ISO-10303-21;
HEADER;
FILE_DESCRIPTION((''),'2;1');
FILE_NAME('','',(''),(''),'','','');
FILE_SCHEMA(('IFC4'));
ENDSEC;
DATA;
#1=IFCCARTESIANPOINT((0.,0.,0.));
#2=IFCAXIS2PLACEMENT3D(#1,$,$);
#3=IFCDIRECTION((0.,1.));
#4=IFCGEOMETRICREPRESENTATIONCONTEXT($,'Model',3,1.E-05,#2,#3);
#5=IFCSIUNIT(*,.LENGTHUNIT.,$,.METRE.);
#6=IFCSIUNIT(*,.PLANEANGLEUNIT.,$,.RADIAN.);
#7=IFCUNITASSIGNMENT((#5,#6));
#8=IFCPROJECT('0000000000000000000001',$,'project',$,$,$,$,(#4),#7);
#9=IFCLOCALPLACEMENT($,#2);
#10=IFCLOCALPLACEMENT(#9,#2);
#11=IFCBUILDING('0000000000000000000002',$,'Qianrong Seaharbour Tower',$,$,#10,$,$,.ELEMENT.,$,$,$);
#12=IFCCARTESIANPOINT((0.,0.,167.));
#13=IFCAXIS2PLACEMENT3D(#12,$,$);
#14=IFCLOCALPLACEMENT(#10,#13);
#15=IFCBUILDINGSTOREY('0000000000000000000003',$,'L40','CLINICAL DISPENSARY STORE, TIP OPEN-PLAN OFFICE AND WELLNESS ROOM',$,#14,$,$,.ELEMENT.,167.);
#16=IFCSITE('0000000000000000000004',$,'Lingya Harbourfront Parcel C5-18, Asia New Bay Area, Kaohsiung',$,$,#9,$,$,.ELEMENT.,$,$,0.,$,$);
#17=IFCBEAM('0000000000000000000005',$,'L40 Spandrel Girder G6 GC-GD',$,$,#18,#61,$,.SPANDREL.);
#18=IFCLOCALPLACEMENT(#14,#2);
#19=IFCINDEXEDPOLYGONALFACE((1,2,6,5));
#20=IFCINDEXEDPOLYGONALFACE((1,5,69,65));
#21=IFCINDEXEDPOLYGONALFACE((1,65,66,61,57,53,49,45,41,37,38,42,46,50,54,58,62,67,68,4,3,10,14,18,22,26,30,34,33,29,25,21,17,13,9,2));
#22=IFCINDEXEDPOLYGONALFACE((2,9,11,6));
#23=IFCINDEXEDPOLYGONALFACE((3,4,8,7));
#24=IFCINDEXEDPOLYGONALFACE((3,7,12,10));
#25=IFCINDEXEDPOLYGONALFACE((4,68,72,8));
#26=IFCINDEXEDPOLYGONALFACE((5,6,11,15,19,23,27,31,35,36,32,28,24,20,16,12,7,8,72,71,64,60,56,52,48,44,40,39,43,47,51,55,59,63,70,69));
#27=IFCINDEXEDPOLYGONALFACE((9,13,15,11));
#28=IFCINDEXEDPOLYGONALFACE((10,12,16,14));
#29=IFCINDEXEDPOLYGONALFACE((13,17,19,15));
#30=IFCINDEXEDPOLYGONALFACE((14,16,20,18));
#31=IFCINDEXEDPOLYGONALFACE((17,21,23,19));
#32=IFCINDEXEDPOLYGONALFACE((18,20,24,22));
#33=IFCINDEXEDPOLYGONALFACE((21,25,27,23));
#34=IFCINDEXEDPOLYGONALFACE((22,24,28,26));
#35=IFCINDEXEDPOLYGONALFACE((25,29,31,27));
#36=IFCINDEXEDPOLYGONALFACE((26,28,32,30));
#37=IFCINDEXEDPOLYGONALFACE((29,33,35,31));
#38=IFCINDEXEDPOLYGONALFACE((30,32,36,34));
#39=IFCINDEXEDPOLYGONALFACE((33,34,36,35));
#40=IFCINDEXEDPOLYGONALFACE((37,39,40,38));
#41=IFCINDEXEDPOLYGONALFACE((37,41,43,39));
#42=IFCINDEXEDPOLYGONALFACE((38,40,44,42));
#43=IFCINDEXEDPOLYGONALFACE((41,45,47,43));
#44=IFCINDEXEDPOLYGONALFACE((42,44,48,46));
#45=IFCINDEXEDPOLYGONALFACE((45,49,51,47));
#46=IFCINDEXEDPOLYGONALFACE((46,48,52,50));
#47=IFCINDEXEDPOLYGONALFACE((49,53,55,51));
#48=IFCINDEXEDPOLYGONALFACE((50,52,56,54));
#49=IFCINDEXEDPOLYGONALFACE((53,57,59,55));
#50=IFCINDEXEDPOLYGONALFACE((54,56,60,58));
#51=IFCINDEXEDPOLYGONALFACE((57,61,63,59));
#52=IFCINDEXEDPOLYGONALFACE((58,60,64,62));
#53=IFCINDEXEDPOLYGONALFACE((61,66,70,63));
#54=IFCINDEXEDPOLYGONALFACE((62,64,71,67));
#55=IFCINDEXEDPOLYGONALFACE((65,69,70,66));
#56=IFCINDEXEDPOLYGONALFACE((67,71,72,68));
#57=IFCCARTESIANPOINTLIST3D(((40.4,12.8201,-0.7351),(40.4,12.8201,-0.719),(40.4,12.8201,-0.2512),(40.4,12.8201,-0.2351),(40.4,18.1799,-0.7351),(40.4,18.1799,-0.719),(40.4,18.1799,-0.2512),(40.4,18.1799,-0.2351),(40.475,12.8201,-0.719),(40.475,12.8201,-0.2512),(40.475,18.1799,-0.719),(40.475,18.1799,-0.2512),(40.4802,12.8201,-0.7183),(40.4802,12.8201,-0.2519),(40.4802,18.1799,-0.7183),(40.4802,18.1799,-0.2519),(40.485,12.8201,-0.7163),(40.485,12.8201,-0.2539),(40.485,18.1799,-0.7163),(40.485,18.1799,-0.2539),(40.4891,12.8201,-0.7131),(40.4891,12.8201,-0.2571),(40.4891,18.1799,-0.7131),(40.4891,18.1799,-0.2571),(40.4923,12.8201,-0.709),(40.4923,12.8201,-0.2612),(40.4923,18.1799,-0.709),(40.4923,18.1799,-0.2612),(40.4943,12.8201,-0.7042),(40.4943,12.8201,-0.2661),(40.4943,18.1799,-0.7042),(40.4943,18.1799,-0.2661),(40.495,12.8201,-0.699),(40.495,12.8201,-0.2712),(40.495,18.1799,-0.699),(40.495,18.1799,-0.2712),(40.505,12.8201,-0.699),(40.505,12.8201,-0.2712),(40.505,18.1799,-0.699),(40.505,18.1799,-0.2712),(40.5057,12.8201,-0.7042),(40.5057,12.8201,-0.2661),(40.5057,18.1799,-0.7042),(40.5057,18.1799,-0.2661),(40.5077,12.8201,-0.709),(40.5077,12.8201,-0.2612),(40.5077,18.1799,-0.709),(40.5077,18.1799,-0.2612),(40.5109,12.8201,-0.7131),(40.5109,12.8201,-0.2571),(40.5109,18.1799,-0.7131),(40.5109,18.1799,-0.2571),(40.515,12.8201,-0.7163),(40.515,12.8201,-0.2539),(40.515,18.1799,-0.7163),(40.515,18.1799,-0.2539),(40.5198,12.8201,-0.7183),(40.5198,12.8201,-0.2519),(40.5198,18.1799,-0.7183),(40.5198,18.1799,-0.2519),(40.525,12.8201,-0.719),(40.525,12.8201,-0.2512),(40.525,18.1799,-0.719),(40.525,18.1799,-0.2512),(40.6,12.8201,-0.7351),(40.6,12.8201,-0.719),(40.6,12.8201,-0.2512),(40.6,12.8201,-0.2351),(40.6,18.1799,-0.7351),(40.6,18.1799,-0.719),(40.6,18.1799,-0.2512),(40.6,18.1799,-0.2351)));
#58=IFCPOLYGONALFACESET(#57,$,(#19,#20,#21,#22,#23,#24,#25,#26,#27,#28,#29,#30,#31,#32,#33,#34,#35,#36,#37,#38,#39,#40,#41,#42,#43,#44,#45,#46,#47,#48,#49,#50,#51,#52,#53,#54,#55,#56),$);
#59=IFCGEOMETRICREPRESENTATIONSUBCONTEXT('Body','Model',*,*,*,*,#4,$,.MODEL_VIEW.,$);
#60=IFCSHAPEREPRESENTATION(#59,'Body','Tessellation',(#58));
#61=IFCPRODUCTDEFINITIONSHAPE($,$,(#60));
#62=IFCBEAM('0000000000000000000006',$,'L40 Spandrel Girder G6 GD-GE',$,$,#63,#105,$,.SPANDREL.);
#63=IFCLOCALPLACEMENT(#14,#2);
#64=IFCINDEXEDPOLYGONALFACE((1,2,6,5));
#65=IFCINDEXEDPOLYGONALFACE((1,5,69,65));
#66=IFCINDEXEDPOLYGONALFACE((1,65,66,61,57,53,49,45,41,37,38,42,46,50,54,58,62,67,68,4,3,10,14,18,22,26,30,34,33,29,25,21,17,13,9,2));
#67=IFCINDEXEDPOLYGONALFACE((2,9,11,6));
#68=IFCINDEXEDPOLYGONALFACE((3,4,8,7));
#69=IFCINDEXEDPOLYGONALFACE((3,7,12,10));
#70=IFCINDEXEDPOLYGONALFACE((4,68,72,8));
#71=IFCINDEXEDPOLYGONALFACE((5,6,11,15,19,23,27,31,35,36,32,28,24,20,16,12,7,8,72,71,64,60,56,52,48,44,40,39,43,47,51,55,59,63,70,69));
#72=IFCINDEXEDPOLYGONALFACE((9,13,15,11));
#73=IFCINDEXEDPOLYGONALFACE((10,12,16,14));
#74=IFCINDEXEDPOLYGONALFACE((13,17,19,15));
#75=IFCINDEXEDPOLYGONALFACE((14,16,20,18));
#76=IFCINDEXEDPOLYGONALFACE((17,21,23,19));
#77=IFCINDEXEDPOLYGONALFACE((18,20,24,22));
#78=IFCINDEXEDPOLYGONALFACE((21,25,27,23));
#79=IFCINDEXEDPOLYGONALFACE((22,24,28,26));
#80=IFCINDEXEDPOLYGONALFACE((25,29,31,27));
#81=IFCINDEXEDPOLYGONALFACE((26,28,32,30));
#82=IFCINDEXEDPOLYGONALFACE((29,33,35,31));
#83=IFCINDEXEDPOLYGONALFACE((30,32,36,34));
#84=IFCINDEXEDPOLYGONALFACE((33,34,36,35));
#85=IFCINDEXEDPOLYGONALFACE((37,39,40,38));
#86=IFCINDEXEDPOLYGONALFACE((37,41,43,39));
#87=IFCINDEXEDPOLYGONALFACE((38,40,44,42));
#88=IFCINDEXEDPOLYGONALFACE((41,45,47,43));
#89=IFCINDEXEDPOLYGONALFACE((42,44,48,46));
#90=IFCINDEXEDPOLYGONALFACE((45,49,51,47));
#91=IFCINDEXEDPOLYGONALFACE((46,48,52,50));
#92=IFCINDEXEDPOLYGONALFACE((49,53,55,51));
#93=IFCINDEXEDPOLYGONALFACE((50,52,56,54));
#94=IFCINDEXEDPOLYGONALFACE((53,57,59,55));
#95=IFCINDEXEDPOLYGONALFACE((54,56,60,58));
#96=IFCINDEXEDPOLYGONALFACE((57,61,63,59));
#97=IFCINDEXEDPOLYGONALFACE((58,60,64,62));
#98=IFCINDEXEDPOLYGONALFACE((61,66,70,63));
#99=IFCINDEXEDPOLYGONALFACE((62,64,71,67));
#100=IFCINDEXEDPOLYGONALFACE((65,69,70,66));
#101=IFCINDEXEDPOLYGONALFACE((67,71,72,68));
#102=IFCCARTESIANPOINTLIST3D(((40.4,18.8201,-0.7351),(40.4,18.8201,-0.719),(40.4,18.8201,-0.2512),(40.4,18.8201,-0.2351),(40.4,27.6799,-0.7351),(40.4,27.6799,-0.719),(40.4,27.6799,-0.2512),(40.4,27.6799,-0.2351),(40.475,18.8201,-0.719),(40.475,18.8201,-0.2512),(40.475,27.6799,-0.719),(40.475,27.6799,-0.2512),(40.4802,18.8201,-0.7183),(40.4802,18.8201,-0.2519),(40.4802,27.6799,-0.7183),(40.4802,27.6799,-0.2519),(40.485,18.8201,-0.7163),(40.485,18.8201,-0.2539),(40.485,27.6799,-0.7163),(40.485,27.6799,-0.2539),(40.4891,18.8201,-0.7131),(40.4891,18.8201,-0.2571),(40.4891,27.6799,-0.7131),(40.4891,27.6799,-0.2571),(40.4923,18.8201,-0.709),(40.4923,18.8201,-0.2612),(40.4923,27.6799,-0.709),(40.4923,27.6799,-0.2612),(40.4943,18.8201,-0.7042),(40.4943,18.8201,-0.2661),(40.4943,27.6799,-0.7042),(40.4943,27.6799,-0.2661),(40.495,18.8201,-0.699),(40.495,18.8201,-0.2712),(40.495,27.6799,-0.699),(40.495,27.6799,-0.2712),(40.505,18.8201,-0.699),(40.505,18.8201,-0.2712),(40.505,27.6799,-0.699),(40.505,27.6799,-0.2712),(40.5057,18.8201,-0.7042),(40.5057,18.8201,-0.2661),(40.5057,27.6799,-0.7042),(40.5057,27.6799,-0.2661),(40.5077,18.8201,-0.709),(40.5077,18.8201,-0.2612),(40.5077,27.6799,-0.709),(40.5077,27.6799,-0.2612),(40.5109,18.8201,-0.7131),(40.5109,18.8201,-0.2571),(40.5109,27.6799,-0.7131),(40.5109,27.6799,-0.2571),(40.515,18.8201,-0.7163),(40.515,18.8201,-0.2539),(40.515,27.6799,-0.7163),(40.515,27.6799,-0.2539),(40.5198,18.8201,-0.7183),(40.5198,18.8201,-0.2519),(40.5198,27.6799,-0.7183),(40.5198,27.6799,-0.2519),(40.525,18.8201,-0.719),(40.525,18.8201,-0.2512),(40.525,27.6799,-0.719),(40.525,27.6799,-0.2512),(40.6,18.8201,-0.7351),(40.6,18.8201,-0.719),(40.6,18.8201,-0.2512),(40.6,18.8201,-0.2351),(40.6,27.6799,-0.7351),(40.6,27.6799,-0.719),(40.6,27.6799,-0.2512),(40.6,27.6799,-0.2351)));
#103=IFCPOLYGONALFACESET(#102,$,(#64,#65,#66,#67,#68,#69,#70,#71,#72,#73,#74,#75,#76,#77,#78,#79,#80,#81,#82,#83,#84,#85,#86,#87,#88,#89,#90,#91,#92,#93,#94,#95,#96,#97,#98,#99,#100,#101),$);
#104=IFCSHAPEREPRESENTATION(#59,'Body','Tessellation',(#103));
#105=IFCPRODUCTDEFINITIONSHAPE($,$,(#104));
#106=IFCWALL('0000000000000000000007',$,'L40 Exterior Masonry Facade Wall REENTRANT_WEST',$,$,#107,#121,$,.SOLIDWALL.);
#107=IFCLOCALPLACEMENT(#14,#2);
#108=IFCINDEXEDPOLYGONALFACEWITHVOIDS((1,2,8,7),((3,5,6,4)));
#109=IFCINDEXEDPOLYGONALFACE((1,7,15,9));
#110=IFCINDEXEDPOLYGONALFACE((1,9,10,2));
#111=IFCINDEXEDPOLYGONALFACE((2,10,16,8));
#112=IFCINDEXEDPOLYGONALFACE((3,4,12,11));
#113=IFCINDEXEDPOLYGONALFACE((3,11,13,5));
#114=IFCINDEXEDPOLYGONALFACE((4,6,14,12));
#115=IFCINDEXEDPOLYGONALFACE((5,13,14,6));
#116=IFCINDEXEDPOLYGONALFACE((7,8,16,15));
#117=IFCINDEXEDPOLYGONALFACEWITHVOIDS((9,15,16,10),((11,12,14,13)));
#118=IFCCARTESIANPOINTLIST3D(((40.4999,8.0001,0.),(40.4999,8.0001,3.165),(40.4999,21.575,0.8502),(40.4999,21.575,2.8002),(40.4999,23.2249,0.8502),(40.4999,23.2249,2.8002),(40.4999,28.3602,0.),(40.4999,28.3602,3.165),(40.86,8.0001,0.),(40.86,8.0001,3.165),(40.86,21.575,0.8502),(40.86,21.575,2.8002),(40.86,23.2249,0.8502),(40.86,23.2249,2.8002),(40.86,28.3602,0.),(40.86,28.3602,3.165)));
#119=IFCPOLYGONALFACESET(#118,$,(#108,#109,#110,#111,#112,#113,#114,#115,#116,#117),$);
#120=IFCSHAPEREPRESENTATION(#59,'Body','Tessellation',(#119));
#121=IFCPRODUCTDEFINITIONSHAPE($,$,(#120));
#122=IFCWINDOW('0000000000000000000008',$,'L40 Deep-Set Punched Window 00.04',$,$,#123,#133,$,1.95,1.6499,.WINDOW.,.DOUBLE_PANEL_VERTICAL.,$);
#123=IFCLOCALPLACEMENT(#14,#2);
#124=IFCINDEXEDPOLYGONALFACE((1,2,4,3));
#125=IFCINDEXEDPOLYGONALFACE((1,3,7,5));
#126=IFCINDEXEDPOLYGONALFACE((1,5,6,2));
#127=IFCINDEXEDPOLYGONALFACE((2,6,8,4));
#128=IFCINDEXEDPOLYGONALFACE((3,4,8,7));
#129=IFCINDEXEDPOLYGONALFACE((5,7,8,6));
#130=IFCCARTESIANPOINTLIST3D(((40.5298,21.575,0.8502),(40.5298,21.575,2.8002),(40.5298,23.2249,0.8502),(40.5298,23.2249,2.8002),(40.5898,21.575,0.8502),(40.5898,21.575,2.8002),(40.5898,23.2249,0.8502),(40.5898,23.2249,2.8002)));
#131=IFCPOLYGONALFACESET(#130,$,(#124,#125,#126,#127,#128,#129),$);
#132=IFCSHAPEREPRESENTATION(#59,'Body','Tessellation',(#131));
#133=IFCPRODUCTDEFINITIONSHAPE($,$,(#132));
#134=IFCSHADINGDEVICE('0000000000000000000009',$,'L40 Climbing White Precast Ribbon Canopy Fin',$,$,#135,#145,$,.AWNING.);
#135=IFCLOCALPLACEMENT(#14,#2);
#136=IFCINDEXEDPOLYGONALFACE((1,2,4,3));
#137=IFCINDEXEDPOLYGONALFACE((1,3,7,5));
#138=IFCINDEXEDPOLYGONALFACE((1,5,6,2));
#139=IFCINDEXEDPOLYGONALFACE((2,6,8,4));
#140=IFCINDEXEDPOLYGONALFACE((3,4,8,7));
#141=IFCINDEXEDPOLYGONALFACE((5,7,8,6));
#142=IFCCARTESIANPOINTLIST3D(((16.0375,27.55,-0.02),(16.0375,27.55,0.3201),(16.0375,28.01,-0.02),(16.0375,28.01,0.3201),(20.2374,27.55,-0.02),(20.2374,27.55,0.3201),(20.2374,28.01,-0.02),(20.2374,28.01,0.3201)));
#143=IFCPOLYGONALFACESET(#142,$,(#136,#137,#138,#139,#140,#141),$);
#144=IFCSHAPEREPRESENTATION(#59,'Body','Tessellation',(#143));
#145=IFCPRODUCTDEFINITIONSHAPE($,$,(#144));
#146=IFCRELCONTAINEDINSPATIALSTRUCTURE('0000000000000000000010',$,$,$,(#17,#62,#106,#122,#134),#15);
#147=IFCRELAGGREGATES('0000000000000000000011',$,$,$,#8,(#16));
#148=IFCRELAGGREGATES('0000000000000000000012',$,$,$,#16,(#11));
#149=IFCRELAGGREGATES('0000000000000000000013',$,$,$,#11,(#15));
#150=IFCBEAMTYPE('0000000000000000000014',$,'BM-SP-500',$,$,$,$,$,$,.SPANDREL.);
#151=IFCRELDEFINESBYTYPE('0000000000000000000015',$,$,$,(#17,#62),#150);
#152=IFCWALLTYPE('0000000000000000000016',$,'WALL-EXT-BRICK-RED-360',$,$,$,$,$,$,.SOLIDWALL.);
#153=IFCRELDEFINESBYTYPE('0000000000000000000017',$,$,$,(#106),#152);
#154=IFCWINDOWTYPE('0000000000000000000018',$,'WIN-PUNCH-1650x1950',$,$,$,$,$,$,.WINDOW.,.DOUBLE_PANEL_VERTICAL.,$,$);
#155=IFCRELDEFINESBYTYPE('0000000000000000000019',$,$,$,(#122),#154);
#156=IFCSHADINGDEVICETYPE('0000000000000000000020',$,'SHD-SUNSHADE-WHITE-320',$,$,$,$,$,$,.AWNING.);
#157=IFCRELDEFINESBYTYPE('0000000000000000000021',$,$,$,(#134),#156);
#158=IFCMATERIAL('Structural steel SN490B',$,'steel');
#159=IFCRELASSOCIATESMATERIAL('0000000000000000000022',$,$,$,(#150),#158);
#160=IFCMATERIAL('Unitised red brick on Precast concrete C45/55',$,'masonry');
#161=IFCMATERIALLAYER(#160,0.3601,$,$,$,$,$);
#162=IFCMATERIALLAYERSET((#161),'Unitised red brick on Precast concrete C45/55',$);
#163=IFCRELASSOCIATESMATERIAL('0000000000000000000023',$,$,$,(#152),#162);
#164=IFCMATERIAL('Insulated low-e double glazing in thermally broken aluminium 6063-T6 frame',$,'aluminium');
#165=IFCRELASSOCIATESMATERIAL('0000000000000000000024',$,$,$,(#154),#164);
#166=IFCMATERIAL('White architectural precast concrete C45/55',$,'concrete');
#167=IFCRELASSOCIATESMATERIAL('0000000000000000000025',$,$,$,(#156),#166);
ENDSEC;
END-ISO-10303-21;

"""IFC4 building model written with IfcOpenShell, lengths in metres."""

from ifc_helpers import new_model, si_unit, direction, frame, frame_2d, origin, origin_2d, place, context, subcontext, project, spatial, rectangle, i_section, extrude, material, layer, layer_set, material_profile, profile_set, type_object, element, fill, save


model = new_model("IFC4")

# Units and contexts
model_context = context("Model", 3, precision=1e-05, world=origin(), true_north=direction((0.0, 1.0)))
body_context = subcontext(model_context, "Body", "Model", "MODEL_VIEW")
ifc_project = project(units=[si_unit("LENGTHUNIT", "METRE"), si_unit("PLANEANGLEUNIT", "RADIAN")], contexts=[model_context])

# Site, building, storey
site_placement = place(None, origin())
site = spatial("IfcSite", under=ifc_project, at=site_placement, Name="Lingya Harbourfront Parcel C5-18, Asia New Bay Area, Kaohsiung", CompositionType="ELEMENT", RefElevation=0.0)
building_placement = place(site_placement, origin())
building = spatial("IfcBuilding", under=site, at=building_placement, Name="Qianrong Seaharbour Tower", CompositionType="ELEMENT")
storey_placement = place(building_placement, frame((0.0, 0.0, 167.0)))
storey = spatial("IfcBuildingStorey", under=building, at=storey_placement, Name="L40", Description="CLINICAL DISPENSARY STORE, TIP OPEN-PLAN OFFICE AND WELLNESS ROOM", CompositionType="ELEMENT", Elevation=167.0)

# Shared definitions
ifc_material_1 = material(Name="Structural steel SN490B", Category="steel")

# Beams
ifc_material_profile_1 = material_profile(ifc_material_1, i_section(OverallWidth=0.2, OverallDepth=0.5, WebThickness=0.01, FlangeThickness=0.0161, FilletRadius=0.02, at=origin_2d()), Name="H500x200x10x16")
ifc_profile_set_1 = profile_set([ifc_material_profile_1], Name="Structural steel SN490B")
beam_type_1 = type_object("IfcBeamType", Name="BM-SP-500", PredefinedType="SPANDREL", material=ifc_profile_set_1)
beam_1_placement = place(storey_placement, frame((40.5, 12.8201, -0.4851), z_axis=(0.0, 1.0, 0.0), x_axis=(-1.0, 0.0, 0.0)))
element("IfcBeam", 1, at=beam_1_placement, inside=storey, type_object=beam_type_1, Name="L40 Spandrel Girder G6 GC-GD", PredefinedType="SPANDREL", context=body_context, shape_type="SweptSolid", body=[
    extrude(i_section(OverallWidth=0.2, OverallDepth=0.5, WebThickness=0.01, FlangeThickness=0.0161, FilletRadius=0.02, at=origin_2d()), origin(), (0.0, 0.0, 1.0), 5.3599),
])
beam_2_placement = place(storey_placement, frame((40.5, 18.8201, -0.4851), z_axis=(0.0, 1.0, 0.0), x_axis=(-1.0, 0.0, 0.0)))
element("IfcBeam", 2, at=beam_2_placement, inside=storey, type_object=beam_type_1, Name="L40 Spandrel Girder G6 GD-GE", PredefinedType="SPANDREL", context=body_context, shape_type="SweptSolid", body=[
    extrude(i_section(OverallWidth=0.2, OverallDepth=0.5, WebThickness=0.01, FlangeThickness=0.0161, FilletRadius=0.02, at=origin_2d()), origin(), (0.0, 0.0, 1.0), 8.8599),
])

# Wall, opening, window
ifc_material_2 = material(Name="Unitised red brick on Precast concrete C45/55", Category="masonry")
ifc_layer = layer(ifc_material_2, 0.3601)
ifc_layer_set = layer_set([ifc_layer], Name="Unitised red brick on Precast concrete C45/55")
wall_type = type_object("IfcWallType", Name="WALL-EXT-BRICK-RED-360", PredefinedType="SOLIDWALL", material=ifc_layer_set)
wall_placement = place(storey_placement, frame((40.6799, 8.0, 0.0), z_axis=(0.0, 0.0, 1.0), x_axis=(0.0, 1.0, 0.0)))
wall = element("IfcWall", 3, at=wall_placement, inside=storey, type_object=wall_type, Name="L40 Exterior Masonry Facade Wall REENTRANT_WEST", PredefinedType="SOLIDWALL", context=body_context, shape_type="SweptSolid", body=[
    extrude(rectangle(XDim=20.3601, YDim=0.3601, at=frame_2d((10.1802, 0.0))), origin(), (0.0, 0.0, 1.0), 3.165),
])
opening_placement = place(wall_placement, frame((13.575, 0.0, 0.8501)))
opening = element("IfcOpeningElement", 4, at=opening_placement, cuts=wall, PredefinedType="OPENING", context=body_context, shape_type="SweptSolid", body=[
    extrude(rectangle(XDim=1.6499, YDim=1.95, at=frame_2d((0.825, 0.9751))), frame((0.0, 0.1899, 0.0), z_axis=(0.0, -1.0, 0.0), x_axis=(1.0, 0.0, 0.0)), (0.0, 0.0, 1.0), 0.3801),
])
ifc_material_3 = material(Name="Insulated low-e double glazing in thermally broken aluminium 6063-T6 frame", Category="aluminium")
window_type = type_object("IfcWindowType", Name="WIN-PUNCH-1650x1950", PartitioningType="DOUBLE_PANEL_VERTICAL", PredefinedType="WINDOW", material=ifc_material_3)
window_placement = place(opening_placement, origin())
window = element("IfcWindow", 5, at=window_placement, inside=storey, type_object=window_type, Name="L40 Deep-Set Punched Window 00.04", OverallHeight=1.95, OverallWidth=1.6499, PartitioningType="DOUBLE_PANEL_VERTICAL", PredefinedType="WINDOW", context=body_context, shape_type="SweptSolid", body=[
    extrude(rectangle(XDim=1.6499, YDim=1.95, at=frame_2d((0.825, 0.9751))), frame((0.0, 0.1501, 0.0), z_axis=(0.0, -1.0, 0.0), x_axis=(1.0, 0.0, 0.0)), (0.0, 0.0, 1.0), 0.0601),
])
fill(opening, window)

# Shading device
ifc_material_4 = material(Name="White architectural precast concrete C45/55", Category="concrete")
shading_device_type = type_object("IfcShadingDeviceType", Name="SHD-SUNSHADE-WHITE-320", PredefinedType="AWNING", material=ifc_material_4)
shading_device_placement = place(storey_placement, frame((18.1375, 27.78, -0.02), z_axis=(0.0, 0.0, 1.0), x_axis=(1.0, 0.0, 0.0)))
element("IfcShadingDevice", 6, at=shading_device_placement, inside=storey, type_object=shading_device_type, Name="L40 Climbing White Precast Ribbon Canopy Fin", PredefinedType="AWNING", context=body_context, shape_type="SweptSolid", body=[
    extrude(rectangle(XDim=4.2, YDim=0.46, at=origin_2d()), origin(), (0.0, 0.0, 1.0), 0.3401),
])

save(model, "model.ifc")
